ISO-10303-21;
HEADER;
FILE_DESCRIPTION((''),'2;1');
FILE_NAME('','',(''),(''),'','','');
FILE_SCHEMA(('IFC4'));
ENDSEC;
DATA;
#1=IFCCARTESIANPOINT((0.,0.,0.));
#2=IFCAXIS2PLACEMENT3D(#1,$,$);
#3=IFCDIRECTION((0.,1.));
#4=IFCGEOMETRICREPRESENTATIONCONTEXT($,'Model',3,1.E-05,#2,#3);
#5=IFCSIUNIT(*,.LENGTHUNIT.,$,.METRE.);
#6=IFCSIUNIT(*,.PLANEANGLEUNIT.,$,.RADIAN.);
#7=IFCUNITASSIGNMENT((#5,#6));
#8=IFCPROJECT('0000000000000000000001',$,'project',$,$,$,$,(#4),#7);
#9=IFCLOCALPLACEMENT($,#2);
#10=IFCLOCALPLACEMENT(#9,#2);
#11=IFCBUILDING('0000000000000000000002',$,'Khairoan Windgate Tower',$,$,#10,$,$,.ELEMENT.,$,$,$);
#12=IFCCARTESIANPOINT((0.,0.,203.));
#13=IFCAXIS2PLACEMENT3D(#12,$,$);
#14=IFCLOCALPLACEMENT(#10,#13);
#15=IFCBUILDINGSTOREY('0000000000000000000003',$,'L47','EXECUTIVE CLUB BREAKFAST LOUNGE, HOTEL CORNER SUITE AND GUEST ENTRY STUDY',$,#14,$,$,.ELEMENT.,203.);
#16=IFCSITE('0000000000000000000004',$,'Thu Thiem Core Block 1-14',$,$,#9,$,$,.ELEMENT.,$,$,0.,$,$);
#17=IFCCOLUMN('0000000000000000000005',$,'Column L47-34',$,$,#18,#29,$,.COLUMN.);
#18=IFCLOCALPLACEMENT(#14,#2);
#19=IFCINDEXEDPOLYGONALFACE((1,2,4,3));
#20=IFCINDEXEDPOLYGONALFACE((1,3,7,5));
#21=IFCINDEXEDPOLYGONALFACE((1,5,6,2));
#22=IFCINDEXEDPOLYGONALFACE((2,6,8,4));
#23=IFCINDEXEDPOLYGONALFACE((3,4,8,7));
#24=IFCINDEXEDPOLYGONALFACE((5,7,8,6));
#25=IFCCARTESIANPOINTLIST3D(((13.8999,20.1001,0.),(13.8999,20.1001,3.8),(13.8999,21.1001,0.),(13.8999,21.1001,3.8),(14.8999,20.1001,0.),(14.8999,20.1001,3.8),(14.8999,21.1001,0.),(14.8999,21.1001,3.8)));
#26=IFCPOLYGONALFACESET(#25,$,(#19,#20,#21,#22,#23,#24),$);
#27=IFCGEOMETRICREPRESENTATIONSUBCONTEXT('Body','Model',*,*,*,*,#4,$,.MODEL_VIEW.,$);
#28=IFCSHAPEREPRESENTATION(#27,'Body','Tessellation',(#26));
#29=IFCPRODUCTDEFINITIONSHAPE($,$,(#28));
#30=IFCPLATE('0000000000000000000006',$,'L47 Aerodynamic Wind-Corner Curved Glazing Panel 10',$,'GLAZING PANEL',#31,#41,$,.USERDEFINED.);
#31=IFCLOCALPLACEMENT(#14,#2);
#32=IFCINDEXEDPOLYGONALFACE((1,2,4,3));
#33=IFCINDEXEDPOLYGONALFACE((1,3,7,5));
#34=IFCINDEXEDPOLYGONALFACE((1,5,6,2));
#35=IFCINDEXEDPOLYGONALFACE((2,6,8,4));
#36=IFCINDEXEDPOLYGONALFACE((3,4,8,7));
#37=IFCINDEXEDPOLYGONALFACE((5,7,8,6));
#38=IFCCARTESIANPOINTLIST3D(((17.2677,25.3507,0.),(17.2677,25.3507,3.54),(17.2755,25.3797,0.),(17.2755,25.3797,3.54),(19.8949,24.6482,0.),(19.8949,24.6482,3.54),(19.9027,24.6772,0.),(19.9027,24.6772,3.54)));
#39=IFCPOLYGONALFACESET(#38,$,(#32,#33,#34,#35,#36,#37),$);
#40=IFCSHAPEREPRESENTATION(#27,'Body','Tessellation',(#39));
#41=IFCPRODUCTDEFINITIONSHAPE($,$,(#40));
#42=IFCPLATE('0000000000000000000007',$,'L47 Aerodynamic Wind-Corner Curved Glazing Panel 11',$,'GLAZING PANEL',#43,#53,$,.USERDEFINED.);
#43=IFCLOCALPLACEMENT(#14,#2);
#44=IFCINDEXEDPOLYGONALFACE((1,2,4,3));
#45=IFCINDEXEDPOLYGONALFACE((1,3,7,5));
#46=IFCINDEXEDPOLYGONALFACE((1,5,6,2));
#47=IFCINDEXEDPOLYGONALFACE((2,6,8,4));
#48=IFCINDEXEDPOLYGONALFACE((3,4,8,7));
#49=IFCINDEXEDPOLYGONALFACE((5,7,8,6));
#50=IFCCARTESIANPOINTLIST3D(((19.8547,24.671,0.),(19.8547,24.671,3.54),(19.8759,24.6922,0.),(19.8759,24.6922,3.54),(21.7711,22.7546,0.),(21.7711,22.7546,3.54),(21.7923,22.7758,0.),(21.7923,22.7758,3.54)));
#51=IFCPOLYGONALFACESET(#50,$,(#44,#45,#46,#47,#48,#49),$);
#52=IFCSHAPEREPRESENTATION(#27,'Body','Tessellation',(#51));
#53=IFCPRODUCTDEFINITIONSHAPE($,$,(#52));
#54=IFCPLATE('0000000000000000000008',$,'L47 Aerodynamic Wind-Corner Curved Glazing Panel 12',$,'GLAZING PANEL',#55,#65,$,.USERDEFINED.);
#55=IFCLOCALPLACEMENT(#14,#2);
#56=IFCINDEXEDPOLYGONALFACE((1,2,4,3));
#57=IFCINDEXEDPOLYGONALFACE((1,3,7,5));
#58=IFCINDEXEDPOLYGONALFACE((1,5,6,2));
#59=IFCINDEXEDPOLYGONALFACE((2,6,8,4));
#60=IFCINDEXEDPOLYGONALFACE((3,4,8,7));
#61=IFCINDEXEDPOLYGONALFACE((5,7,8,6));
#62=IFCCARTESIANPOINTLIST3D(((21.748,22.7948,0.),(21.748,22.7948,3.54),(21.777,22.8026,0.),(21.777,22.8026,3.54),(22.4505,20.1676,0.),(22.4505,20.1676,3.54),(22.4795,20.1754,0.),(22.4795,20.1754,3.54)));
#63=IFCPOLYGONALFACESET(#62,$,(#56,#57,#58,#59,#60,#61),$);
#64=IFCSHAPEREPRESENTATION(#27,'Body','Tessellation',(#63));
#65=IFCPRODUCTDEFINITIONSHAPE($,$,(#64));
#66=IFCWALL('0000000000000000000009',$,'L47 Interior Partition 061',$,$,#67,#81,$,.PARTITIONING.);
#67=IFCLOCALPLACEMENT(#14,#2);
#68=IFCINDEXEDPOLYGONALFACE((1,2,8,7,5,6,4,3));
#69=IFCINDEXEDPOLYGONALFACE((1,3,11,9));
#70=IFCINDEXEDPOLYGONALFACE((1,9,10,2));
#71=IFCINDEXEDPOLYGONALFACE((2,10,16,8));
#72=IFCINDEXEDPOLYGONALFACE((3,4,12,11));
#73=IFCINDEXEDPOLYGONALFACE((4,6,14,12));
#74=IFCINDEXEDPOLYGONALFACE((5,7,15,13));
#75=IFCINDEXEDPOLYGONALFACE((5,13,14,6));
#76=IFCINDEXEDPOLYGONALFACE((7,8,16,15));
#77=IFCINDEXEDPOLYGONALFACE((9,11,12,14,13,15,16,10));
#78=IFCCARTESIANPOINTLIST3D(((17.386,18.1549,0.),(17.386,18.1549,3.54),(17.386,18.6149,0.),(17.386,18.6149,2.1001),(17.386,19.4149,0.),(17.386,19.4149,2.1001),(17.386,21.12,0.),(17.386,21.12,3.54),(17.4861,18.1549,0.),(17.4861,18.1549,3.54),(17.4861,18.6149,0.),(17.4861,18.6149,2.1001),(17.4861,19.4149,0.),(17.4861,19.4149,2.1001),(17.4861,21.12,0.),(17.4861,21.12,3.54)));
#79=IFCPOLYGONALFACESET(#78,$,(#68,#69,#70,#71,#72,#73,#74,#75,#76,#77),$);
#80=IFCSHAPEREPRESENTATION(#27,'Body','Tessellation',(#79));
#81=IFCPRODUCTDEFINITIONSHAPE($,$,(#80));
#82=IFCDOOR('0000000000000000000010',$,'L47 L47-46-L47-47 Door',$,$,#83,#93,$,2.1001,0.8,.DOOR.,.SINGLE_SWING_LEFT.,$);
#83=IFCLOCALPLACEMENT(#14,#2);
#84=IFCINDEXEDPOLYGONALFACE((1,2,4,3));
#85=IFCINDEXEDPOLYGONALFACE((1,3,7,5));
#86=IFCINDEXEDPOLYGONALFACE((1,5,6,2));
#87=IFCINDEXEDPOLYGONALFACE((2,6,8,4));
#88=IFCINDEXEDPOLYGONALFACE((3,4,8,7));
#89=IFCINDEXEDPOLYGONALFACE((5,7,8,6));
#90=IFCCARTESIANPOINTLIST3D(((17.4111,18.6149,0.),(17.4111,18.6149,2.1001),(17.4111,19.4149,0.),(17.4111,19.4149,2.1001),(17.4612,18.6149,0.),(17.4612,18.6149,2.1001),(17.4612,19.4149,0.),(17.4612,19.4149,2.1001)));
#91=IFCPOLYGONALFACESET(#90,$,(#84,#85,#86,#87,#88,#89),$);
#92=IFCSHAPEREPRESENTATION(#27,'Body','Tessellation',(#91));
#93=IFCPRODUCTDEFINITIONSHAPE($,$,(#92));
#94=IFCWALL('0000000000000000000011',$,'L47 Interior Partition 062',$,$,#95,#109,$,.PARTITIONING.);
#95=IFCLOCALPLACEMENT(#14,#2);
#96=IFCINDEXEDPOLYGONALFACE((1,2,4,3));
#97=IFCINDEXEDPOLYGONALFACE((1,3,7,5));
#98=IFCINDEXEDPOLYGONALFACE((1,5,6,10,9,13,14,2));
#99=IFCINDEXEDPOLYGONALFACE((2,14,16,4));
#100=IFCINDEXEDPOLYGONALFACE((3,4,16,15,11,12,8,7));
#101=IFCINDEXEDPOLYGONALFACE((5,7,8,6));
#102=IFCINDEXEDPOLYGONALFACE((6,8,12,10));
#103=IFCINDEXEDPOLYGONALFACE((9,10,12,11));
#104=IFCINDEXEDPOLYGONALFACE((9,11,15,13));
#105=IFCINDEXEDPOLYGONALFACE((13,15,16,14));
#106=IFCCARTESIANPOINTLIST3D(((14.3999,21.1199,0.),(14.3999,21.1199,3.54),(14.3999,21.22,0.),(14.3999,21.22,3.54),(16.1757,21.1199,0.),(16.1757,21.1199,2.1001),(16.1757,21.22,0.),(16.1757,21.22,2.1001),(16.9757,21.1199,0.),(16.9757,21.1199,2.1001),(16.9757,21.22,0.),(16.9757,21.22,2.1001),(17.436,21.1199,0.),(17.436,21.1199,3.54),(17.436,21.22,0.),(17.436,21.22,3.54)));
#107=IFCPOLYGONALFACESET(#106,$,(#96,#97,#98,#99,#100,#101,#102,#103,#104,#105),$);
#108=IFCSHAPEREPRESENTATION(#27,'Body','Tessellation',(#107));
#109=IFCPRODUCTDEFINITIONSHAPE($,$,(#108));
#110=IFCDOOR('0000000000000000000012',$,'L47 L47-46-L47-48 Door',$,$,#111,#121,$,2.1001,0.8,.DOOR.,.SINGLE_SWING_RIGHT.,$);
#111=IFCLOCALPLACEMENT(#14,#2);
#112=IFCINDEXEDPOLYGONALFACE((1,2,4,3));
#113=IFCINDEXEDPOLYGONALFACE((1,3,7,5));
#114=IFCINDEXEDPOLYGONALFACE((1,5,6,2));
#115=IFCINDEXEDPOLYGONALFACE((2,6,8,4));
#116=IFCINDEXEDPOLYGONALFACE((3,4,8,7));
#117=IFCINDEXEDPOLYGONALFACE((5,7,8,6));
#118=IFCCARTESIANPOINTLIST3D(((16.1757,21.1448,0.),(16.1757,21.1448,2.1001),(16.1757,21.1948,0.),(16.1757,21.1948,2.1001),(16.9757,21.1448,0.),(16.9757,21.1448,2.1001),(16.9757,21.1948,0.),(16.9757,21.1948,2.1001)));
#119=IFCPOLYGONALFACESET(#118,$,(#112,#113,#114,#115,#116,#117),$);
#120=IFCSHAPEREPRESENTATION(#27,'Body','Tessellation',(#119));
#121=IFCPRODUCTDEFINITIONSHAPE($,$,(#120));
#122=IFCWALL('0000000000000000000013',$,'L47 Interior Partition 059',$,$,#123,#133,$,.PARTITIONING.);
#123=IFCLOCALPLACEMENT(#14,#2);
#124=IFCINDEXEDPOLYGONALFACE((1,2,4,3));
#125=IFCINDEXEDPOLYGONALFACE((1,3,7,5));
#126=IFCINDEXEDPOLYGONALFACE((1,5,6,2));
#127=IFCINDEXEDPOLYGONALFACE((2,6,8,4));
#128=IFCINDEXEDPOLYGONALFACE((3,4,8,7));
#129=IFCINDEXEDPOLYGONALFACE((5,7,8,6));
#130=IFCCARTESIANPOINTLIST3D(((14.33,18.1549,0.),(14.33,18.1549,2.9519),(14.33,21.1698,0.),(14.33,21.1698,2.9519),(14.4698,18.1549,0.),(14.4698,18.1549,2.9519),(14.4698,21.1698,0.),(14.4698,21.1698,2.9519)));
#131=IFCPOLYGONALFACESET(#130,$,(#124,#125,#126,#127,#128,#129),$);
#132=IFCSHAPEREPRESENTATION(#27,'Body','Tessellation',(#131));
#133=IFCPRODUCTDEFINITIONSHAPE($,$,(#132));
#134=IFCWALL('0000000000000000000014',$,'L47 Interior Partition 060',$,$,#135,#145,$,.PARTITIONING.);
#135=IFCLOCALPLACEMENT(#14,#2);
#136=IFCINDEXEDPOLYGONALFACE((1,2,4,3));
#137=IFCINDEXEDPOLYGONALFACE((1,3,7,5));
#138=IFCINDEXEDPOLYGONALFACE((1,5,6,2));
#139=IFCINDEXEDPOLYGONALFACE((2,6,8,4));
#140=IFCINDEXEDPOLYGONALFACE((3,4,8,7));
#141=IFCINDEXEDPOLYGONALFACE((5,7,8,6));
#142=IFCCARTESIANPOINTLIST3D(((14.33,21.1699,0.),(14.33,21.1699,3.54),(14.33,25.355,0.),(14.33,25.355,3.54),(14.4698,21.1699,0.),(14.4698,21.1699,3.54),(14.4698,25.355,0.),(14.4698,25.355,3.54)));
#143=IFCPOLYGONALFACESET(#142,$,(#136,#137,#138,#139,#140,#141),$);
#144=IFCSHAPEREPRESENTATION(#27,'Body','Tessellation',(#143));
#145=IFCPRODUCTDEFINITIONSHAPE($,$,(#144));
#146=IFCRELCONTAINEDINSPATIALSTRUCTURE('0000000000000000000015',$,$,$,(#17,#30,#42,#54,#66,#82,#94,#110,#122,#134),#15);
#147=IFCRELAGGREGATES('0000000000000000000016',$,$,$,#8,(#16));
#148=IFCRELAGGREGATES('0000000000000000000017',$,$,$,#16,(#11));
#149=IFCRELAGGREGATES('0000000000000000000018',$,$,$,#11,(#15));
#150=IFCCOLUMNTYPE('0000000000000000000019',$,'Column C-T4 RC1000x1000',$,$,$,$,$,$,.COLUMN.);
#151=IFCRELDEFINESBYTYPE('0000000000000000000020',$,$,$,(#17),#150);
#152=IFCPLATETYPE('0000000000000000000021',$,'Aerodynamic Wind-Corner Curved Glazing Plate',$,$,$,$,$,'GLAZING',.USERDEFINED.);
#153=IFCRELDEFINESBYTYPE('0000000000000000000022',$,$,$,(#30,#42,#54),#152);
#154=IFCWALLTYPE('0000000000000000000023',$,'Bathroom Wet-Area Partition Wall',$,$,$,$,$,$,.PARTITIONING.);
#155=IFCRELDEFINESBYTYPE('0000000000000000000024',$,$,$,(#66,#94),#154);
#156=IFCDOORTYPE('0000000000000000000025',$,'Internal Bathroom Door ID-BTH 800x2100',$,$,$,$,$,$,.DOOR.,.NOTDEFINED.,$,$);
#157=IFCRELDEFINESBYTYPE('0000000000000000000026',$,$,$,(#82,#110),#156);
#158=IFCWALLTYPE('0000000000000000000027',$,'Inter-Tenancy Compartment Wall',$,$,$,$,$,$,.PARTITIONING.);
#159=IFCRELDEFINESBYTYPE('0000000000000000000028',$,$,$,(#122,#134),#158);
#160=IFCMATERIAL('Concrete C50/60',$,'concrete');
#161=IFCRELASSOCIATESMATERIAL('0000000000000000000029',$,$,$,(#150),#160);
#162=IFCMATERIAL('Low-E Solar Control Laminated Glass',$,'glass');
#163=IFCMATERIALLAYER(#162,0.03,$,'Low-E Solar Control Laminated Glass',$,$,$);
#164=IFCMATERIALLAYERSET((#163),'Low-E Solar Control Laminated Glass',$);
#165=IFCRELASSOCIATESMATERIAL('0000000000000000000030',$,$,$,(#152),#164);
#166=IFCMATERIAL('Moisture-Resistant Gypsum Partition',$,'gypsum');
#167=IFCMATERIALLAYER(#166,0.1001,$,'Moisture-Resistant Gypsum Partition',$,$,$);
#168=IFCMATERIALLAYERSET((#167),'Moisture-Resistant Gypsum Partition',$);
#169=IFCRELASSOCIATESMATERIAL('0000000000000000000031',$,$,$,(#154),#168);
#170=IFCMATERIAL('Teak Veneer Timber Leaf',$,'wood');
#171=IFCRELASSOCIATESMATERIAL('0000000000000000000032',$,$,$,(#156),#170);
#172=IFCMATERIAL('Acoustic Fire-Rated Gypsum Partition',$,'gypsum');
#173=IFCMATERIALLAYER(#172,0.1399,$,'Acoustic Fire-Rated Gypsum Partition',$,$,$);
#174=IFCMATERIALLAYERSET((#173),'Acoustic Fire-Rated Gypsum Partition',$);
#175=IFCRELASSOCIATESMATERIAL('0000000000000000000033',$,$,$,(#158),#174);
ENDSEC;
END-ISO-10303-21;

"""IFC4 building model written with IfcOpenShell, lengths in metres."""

from ifc_helpers import new_model, si_unit, direction, frame, frame_2d, origin, origin_2d, place, context, subcontext, project, spatial, rectangle, extrude, material, layer, layer_set, material_profile, profile_set, type_object, element, fill, save


model = new_model("IFC4")

# Units and contexts
model_context = context("Model", 3, precision=1e-05, world=origin(), true_north=direction((0.0, 1.0)))
body_context = subcontext(model_context, "Body", "Model", "MODEL_VIEW")
ifc_project = project(units=[si_unit("LENGTHUNIT", "METRE"), si_unit("PLANEANGLEUNIT", "RADIAN")], contexts=[model_context])

# Site, building, storey
site_placement = place(None, origin())
site = spatial("IfcSite", under=ifc_project, at=site_placement, Name="Thu Thiem Core Block 1-14", CompositionType="ELEMENT", RefElevation=0.0)
building_placement = place(site_placement, origin())
building = spatial("IfcBuilding", under=site, at=building_placement, Name="Khairoan Windgate Tower", CompositionType="ELEMENT")
storey_placement = place(building_placement, frame((0.0, 0.0, 203.0)))
storey = spatial("IfcBuildingStorey", under=building, at=storey_placement, Name="L47", Description="EXECUTIVE CLUB BREAKFAST LOUNGE, HOTEL CORNER SUITE AND GUEST ENTRY STUDY", CompositionType="ELEMENT", Elevation=203.0)

# Column
ifc_material_1 = material(Name="Concrete C50/60", Category="concrete")
ifc_material_profile_1 = material_profile(ifc_material_1, rectangle(XDim=1.0, YDim=1.0, at=origin_2d()))
ifc_profile_set_1 = profile_set([ifc_material_profile_1], Name="Concrete C50/60")
column_type = type_object("IfcColumnType", Name="Column C-T4 RC1000x1000", PredefinedType="COLUMN", material=ifc_profile_set_1)
column_placement = place(storey_placement, frame((14.3999, 20.6001, 0.0), z_axis=(0.0, 0.0, 1.0), x_axis=(1.0, 0.0, 0.0)))
element("IfcColumn", 1, at=column_placement, inside=storey, type_object=column_type, Name="Column L47-34", PredefinedType="COLUMN", context=body_context, shape_type="SweptSolid", body=[
    extrude(rectangle(XDim=1.0, YDim=1.0, at=origin_2d()), origin(), (0.0, 0.0, 1.0), 3.8),
])

# Plates
ifc_material_2 = material(Name="Low-E Solar Control Laminated Glass", Category="glass")
ifc_layer_1 = layer(ifc_material_2, 0.03, Name="Low-E Solar Control Laminated Glass")
ifc_layer_set_1 = layer_set([ifc_layer_1], Name="Low-E Solar Control Laminated Glass")
plate_type_1 = type_object("IfcPlateType", Name="Aerodynamic Wind-Corner Curved Glazing Plate", ElementType="GLAZING", PredefinedType="USERDEFINED", material=ifc_layer_set_1)
plate_1_placement = place(storey_placement, frame((18.5852, 25.0139, 0.0), z_axis=(0.0, 0.0, 1.0), x_axis=(0.966061, -0.258313, 0.0)))
element("IfcPlate", 2, at=plate_1_placement, inside=storey, type_object=plate_type_1, Name="L47 Aerodynamic Wind-Corner Curved Glazing Panel 10", ObjectType="GLAZING PANEL", PredefinedType="USERDEFINED", context=body_context, shape_type="SweptSolid", body=[
    extrude(rectangle(XDim=2.7195, YDim=0.03, at=origin_2d()), origin(), (0.0, 0.0, 1.0), 3.54),
])
plate_2_placement = place(storey_placement, frame((20.8235, 23.7234, 0.0), z_axis=(0.0, 0.0, 1.0), x_axis=(0.707107, -0.707107, 0.0)))
element("IfcPlate", 3, at=plate_2_placement, inside=storey, type_object=plate_type_1, Name="L47 Aerodynamic Wind-Corner Curved Glazing Panel 11", ObjectType="GLAZING PANEL", PredefinedType="USERDEFINED", context=body_context, shape_type="SweptSolid", body=[
    extrude(rectangle(XDim=2.7102, YDim=0.03, at=origin_2d()), origin(), (0.0, 0.0, 1.0), 3.54),
])
plate_3_placement = place(storey_placement, frame((22.1138, 21.4851, 0.0), z_axis=(0.0, 0.0, 1.0), x_axis=(0.258313, -0.966061, 0.0)))
element("IfcPlate", 4, at=plate_3_placement, inside=storey, type_object=plate_type_1, Name="L47 Aerodynamic Wind-Corner Curved Glazing Panel 12", ObjectType="GLAZING PANEL", PredefinedType="USERDEFINED", context=body_context, shape_type="SweptSolid", body=[
    extrude(rectangle(XDim=2.7195, YDim=0.03, at=origin_2d()), origin(), (0.0, 0.0, 1.0), 3.54),
])

# Walls, openings, doors
ifc_material_3 = material(Name="Moisture-Resistant Gypsum Partition", Category="gypsum")
ifc_layer_2 = layer(ifc_material_3, 0.1001, Name="Moisture-Resistant Gypsum Partition")
ifc_layer_set_2 = layer_set([ifc_layer_2], Name="Moisture-Resistant Gypsum Partition")
wall_type_1 = type_object("IfcWallType", Name="Bathroom Wet-Area Partition Wall", PredefinedType="PARTITIONING", material=ifc_layer_set_2)
wall_1_placement = place(storey_placement, frame((17.436, 18.155, 0.0), z_axis=(0.0, 0.0, 1.0), x_axis=(0.0, 1.0, 0.0)))
wall_1 = element("IfcWall", 5, at=wall_1_placement, inside=storey, type_object=wall_type_1, Name="L47 Interior Partition 061", PredefinedType="PARTITIONING", context=body_context, shape_type="SweptSolid", body=[
    extrude(rectangle(XDim=2.9651, YDim=0.1001, at=frame_2d((1.4824, 0.0))), origin(), (0.0, 0.0, 1.0), 3.54),
])
opening_1_placement = place(wall_1_placement, frame((0.46, 0.0, 0.0)))
opening_1 = element("IfcOpeningElement", 6, at=opening_1_placement, cuts=wall_1, PredefinedType="OPENING", context=body_context, shape_type="SweptSolid", body=[
    extrude(rectangle(XDim=0.8, YDim=2.1001, at=frame_2d((0.3999, 1.05))), frame((0.0, 0.0601, 0.0), z_axis=(0.0, -1.0, 0.0), x_axis=(1.0, 0.0, 0.0)), (0.0, 0.0, 1.0), 0.1201),
])
ifc_material_4 = material(Name="Teak Veneer Timber Leaf", Category="wood")
door_type_1 = type_object("IfcDoorType", Name="Internal Bathroom Door ID-BTH 800x2100", OperationType="NOTDEFINED", PredefinedType="DOOR", material=ifc_material_4)
door_1_placement = place(opening_1_placement, origin())
door_1 = element("IfcDoor", 7, at=door_1_placement, inside=storey, type_object=door_type_1, Name="L47 L47-46-L47-47 Door", OperationType="SINGLE_SWING_LEFT", OverallHeight=2.1001, OverallWidth=0.8, PredefinedType="DOOR", context=body_context, shape_type="SweptSolid", body=[
    extrude(rectangle(XDim=0.8, YDim=2.1001, at=frame_2d((0.3999, 1.05))), frame((0.0, 0.0249, 0.0), z_axis=(0.0, -1.0, 0.0), x_axis=(1.0, 0.0, 0.0)), (0.0, 0.0, 1.0), 0.05),
])
fill(opening_1, door_1)
wall_2_placement = place(storey_placement, frame((14.3999, 21.1699, 0.0), z_axis=(0.0, 0.0, 1.0), x_axis=(1.0, 0.0, 0.0)))
wall_2 = element("IfcWall", 8, at=wall_2_placement, inside=storey, type_object=wall_type_1, Name="L47 Interior Partition 062", PredefinedType="PARTITIONING", context=body_context, shape_type="SweptSolid", body=[
    extrude(rectangle(XDim=3.0361, YDim=0.1001, at=frame_2d((1.5181, 0.0))), origin(), (0.0, 0.0, 1.0), 3.54),
])
opening_2_placement = place(wall_2_placement, frame((1.7759, 0.0, 0.0)))
opening_2 = element("IfcOpeningElement", 9, at=opening_2_placement, cuts=wall_2, PredefinedType="OPENING", context=body_context, shape_type="SweptSolid", body=[
    extrude(rectangle(XDim=0.8, YDim=2.1001, at=frame_2d((0.3999, 1.05))), frame((0.0, 0.0601, 0.0), z_axis=(0.0, -1.0, 0.0), x_axis=(1.0, 0.0, 0.0)), (0.0, 0.0, 1.0), 0.1201),
])
door_2_placement = place(opening_2_placement, origin())
door_2 = element("IfcDoor", 10, at=door_2_placement, inside=storey, type_object=door_type_1, Name="L47 L47-46-L47-48 Door", OperationType="SINGLE_SWING_RIGHT", OverallHeight=2.1001, OverallWidth=0.8, PredefinedType="DOOR", context=body_context, shape_type="SweptSolid", body=[
    extrude(rectangle(XDim=0.8, YDim=2.1001, at=frame_2d((0.3999, 1.05))), frame((0.0, 0.0249, 0.0), z_axis=(0.0, -1.0, 0.0), x_axis=(1.0, 0.0, 0.0)), (0.0, 0.0, 1.0), 0.05),
])
fill(opening_2, door_2)

# Walls
ifc_material_5 = material(Name="Acoustic Fire-Rated Gypsum Partition", Category="gypsum")
ifc_layer_3 = layer(ifc_material_5, 0.1399, Name="Acoustic Fire-Rated Gypsum Partition")
ifc_layer_set_3 = layer_set([ifc_layer_3], Name="Acoustic Fire-Rated Gypsum Partition")
wall_type_2 = type_object("IfcWallType", Name="Inter-Tenancy Compartment Wall", PredefinedType="PARTITIONING", material=ifc_layer_set_3)
wall_3_placement = place(storey_placement, frame((14.3999, 18.155, 0.0), z_axis=(0.0, 0.0, 1.0), x_axis=(0.0, 1.0, 0.0)))
element("IfcWall", 11, at=wall_3_placement, inside=storey, type_object=wall_type_2, Name="L47 Interior Partition 059", PredefinedType="PARTITIONING", context=body_context, shape_type="SweptSolid", body=[
    extrude(rectangle(XDim=3.0149, YDim=0.1399, at=frame_2d((1.5073, 0.0))), origin(), (0.0, 0.0, 1.0), 2.9519),
])
wall_4_placement = place(storey_placement, frame((14.3999, 21.1699, 0.0), z_axis=(0.0, 0.0, 1.0), x_axis=(0.0, 1.0, 0.0)))
element("IfcWall", 12, at=wall_4_placement, inside=storey, type_object=wall_type_2, Name="L47 Interior Partition 060", PredefinedType="PARTITIONING", context=body_context, shape_type="SweptSolid", body=[
    extrude(rectangle(XDim=4.1851, YDim=0.1399, at=frame_2d((2.0925, 0.0))), origin(), (0.0, 0.0, 1.0), 3.54),
])

save(model, "model.ifc")
